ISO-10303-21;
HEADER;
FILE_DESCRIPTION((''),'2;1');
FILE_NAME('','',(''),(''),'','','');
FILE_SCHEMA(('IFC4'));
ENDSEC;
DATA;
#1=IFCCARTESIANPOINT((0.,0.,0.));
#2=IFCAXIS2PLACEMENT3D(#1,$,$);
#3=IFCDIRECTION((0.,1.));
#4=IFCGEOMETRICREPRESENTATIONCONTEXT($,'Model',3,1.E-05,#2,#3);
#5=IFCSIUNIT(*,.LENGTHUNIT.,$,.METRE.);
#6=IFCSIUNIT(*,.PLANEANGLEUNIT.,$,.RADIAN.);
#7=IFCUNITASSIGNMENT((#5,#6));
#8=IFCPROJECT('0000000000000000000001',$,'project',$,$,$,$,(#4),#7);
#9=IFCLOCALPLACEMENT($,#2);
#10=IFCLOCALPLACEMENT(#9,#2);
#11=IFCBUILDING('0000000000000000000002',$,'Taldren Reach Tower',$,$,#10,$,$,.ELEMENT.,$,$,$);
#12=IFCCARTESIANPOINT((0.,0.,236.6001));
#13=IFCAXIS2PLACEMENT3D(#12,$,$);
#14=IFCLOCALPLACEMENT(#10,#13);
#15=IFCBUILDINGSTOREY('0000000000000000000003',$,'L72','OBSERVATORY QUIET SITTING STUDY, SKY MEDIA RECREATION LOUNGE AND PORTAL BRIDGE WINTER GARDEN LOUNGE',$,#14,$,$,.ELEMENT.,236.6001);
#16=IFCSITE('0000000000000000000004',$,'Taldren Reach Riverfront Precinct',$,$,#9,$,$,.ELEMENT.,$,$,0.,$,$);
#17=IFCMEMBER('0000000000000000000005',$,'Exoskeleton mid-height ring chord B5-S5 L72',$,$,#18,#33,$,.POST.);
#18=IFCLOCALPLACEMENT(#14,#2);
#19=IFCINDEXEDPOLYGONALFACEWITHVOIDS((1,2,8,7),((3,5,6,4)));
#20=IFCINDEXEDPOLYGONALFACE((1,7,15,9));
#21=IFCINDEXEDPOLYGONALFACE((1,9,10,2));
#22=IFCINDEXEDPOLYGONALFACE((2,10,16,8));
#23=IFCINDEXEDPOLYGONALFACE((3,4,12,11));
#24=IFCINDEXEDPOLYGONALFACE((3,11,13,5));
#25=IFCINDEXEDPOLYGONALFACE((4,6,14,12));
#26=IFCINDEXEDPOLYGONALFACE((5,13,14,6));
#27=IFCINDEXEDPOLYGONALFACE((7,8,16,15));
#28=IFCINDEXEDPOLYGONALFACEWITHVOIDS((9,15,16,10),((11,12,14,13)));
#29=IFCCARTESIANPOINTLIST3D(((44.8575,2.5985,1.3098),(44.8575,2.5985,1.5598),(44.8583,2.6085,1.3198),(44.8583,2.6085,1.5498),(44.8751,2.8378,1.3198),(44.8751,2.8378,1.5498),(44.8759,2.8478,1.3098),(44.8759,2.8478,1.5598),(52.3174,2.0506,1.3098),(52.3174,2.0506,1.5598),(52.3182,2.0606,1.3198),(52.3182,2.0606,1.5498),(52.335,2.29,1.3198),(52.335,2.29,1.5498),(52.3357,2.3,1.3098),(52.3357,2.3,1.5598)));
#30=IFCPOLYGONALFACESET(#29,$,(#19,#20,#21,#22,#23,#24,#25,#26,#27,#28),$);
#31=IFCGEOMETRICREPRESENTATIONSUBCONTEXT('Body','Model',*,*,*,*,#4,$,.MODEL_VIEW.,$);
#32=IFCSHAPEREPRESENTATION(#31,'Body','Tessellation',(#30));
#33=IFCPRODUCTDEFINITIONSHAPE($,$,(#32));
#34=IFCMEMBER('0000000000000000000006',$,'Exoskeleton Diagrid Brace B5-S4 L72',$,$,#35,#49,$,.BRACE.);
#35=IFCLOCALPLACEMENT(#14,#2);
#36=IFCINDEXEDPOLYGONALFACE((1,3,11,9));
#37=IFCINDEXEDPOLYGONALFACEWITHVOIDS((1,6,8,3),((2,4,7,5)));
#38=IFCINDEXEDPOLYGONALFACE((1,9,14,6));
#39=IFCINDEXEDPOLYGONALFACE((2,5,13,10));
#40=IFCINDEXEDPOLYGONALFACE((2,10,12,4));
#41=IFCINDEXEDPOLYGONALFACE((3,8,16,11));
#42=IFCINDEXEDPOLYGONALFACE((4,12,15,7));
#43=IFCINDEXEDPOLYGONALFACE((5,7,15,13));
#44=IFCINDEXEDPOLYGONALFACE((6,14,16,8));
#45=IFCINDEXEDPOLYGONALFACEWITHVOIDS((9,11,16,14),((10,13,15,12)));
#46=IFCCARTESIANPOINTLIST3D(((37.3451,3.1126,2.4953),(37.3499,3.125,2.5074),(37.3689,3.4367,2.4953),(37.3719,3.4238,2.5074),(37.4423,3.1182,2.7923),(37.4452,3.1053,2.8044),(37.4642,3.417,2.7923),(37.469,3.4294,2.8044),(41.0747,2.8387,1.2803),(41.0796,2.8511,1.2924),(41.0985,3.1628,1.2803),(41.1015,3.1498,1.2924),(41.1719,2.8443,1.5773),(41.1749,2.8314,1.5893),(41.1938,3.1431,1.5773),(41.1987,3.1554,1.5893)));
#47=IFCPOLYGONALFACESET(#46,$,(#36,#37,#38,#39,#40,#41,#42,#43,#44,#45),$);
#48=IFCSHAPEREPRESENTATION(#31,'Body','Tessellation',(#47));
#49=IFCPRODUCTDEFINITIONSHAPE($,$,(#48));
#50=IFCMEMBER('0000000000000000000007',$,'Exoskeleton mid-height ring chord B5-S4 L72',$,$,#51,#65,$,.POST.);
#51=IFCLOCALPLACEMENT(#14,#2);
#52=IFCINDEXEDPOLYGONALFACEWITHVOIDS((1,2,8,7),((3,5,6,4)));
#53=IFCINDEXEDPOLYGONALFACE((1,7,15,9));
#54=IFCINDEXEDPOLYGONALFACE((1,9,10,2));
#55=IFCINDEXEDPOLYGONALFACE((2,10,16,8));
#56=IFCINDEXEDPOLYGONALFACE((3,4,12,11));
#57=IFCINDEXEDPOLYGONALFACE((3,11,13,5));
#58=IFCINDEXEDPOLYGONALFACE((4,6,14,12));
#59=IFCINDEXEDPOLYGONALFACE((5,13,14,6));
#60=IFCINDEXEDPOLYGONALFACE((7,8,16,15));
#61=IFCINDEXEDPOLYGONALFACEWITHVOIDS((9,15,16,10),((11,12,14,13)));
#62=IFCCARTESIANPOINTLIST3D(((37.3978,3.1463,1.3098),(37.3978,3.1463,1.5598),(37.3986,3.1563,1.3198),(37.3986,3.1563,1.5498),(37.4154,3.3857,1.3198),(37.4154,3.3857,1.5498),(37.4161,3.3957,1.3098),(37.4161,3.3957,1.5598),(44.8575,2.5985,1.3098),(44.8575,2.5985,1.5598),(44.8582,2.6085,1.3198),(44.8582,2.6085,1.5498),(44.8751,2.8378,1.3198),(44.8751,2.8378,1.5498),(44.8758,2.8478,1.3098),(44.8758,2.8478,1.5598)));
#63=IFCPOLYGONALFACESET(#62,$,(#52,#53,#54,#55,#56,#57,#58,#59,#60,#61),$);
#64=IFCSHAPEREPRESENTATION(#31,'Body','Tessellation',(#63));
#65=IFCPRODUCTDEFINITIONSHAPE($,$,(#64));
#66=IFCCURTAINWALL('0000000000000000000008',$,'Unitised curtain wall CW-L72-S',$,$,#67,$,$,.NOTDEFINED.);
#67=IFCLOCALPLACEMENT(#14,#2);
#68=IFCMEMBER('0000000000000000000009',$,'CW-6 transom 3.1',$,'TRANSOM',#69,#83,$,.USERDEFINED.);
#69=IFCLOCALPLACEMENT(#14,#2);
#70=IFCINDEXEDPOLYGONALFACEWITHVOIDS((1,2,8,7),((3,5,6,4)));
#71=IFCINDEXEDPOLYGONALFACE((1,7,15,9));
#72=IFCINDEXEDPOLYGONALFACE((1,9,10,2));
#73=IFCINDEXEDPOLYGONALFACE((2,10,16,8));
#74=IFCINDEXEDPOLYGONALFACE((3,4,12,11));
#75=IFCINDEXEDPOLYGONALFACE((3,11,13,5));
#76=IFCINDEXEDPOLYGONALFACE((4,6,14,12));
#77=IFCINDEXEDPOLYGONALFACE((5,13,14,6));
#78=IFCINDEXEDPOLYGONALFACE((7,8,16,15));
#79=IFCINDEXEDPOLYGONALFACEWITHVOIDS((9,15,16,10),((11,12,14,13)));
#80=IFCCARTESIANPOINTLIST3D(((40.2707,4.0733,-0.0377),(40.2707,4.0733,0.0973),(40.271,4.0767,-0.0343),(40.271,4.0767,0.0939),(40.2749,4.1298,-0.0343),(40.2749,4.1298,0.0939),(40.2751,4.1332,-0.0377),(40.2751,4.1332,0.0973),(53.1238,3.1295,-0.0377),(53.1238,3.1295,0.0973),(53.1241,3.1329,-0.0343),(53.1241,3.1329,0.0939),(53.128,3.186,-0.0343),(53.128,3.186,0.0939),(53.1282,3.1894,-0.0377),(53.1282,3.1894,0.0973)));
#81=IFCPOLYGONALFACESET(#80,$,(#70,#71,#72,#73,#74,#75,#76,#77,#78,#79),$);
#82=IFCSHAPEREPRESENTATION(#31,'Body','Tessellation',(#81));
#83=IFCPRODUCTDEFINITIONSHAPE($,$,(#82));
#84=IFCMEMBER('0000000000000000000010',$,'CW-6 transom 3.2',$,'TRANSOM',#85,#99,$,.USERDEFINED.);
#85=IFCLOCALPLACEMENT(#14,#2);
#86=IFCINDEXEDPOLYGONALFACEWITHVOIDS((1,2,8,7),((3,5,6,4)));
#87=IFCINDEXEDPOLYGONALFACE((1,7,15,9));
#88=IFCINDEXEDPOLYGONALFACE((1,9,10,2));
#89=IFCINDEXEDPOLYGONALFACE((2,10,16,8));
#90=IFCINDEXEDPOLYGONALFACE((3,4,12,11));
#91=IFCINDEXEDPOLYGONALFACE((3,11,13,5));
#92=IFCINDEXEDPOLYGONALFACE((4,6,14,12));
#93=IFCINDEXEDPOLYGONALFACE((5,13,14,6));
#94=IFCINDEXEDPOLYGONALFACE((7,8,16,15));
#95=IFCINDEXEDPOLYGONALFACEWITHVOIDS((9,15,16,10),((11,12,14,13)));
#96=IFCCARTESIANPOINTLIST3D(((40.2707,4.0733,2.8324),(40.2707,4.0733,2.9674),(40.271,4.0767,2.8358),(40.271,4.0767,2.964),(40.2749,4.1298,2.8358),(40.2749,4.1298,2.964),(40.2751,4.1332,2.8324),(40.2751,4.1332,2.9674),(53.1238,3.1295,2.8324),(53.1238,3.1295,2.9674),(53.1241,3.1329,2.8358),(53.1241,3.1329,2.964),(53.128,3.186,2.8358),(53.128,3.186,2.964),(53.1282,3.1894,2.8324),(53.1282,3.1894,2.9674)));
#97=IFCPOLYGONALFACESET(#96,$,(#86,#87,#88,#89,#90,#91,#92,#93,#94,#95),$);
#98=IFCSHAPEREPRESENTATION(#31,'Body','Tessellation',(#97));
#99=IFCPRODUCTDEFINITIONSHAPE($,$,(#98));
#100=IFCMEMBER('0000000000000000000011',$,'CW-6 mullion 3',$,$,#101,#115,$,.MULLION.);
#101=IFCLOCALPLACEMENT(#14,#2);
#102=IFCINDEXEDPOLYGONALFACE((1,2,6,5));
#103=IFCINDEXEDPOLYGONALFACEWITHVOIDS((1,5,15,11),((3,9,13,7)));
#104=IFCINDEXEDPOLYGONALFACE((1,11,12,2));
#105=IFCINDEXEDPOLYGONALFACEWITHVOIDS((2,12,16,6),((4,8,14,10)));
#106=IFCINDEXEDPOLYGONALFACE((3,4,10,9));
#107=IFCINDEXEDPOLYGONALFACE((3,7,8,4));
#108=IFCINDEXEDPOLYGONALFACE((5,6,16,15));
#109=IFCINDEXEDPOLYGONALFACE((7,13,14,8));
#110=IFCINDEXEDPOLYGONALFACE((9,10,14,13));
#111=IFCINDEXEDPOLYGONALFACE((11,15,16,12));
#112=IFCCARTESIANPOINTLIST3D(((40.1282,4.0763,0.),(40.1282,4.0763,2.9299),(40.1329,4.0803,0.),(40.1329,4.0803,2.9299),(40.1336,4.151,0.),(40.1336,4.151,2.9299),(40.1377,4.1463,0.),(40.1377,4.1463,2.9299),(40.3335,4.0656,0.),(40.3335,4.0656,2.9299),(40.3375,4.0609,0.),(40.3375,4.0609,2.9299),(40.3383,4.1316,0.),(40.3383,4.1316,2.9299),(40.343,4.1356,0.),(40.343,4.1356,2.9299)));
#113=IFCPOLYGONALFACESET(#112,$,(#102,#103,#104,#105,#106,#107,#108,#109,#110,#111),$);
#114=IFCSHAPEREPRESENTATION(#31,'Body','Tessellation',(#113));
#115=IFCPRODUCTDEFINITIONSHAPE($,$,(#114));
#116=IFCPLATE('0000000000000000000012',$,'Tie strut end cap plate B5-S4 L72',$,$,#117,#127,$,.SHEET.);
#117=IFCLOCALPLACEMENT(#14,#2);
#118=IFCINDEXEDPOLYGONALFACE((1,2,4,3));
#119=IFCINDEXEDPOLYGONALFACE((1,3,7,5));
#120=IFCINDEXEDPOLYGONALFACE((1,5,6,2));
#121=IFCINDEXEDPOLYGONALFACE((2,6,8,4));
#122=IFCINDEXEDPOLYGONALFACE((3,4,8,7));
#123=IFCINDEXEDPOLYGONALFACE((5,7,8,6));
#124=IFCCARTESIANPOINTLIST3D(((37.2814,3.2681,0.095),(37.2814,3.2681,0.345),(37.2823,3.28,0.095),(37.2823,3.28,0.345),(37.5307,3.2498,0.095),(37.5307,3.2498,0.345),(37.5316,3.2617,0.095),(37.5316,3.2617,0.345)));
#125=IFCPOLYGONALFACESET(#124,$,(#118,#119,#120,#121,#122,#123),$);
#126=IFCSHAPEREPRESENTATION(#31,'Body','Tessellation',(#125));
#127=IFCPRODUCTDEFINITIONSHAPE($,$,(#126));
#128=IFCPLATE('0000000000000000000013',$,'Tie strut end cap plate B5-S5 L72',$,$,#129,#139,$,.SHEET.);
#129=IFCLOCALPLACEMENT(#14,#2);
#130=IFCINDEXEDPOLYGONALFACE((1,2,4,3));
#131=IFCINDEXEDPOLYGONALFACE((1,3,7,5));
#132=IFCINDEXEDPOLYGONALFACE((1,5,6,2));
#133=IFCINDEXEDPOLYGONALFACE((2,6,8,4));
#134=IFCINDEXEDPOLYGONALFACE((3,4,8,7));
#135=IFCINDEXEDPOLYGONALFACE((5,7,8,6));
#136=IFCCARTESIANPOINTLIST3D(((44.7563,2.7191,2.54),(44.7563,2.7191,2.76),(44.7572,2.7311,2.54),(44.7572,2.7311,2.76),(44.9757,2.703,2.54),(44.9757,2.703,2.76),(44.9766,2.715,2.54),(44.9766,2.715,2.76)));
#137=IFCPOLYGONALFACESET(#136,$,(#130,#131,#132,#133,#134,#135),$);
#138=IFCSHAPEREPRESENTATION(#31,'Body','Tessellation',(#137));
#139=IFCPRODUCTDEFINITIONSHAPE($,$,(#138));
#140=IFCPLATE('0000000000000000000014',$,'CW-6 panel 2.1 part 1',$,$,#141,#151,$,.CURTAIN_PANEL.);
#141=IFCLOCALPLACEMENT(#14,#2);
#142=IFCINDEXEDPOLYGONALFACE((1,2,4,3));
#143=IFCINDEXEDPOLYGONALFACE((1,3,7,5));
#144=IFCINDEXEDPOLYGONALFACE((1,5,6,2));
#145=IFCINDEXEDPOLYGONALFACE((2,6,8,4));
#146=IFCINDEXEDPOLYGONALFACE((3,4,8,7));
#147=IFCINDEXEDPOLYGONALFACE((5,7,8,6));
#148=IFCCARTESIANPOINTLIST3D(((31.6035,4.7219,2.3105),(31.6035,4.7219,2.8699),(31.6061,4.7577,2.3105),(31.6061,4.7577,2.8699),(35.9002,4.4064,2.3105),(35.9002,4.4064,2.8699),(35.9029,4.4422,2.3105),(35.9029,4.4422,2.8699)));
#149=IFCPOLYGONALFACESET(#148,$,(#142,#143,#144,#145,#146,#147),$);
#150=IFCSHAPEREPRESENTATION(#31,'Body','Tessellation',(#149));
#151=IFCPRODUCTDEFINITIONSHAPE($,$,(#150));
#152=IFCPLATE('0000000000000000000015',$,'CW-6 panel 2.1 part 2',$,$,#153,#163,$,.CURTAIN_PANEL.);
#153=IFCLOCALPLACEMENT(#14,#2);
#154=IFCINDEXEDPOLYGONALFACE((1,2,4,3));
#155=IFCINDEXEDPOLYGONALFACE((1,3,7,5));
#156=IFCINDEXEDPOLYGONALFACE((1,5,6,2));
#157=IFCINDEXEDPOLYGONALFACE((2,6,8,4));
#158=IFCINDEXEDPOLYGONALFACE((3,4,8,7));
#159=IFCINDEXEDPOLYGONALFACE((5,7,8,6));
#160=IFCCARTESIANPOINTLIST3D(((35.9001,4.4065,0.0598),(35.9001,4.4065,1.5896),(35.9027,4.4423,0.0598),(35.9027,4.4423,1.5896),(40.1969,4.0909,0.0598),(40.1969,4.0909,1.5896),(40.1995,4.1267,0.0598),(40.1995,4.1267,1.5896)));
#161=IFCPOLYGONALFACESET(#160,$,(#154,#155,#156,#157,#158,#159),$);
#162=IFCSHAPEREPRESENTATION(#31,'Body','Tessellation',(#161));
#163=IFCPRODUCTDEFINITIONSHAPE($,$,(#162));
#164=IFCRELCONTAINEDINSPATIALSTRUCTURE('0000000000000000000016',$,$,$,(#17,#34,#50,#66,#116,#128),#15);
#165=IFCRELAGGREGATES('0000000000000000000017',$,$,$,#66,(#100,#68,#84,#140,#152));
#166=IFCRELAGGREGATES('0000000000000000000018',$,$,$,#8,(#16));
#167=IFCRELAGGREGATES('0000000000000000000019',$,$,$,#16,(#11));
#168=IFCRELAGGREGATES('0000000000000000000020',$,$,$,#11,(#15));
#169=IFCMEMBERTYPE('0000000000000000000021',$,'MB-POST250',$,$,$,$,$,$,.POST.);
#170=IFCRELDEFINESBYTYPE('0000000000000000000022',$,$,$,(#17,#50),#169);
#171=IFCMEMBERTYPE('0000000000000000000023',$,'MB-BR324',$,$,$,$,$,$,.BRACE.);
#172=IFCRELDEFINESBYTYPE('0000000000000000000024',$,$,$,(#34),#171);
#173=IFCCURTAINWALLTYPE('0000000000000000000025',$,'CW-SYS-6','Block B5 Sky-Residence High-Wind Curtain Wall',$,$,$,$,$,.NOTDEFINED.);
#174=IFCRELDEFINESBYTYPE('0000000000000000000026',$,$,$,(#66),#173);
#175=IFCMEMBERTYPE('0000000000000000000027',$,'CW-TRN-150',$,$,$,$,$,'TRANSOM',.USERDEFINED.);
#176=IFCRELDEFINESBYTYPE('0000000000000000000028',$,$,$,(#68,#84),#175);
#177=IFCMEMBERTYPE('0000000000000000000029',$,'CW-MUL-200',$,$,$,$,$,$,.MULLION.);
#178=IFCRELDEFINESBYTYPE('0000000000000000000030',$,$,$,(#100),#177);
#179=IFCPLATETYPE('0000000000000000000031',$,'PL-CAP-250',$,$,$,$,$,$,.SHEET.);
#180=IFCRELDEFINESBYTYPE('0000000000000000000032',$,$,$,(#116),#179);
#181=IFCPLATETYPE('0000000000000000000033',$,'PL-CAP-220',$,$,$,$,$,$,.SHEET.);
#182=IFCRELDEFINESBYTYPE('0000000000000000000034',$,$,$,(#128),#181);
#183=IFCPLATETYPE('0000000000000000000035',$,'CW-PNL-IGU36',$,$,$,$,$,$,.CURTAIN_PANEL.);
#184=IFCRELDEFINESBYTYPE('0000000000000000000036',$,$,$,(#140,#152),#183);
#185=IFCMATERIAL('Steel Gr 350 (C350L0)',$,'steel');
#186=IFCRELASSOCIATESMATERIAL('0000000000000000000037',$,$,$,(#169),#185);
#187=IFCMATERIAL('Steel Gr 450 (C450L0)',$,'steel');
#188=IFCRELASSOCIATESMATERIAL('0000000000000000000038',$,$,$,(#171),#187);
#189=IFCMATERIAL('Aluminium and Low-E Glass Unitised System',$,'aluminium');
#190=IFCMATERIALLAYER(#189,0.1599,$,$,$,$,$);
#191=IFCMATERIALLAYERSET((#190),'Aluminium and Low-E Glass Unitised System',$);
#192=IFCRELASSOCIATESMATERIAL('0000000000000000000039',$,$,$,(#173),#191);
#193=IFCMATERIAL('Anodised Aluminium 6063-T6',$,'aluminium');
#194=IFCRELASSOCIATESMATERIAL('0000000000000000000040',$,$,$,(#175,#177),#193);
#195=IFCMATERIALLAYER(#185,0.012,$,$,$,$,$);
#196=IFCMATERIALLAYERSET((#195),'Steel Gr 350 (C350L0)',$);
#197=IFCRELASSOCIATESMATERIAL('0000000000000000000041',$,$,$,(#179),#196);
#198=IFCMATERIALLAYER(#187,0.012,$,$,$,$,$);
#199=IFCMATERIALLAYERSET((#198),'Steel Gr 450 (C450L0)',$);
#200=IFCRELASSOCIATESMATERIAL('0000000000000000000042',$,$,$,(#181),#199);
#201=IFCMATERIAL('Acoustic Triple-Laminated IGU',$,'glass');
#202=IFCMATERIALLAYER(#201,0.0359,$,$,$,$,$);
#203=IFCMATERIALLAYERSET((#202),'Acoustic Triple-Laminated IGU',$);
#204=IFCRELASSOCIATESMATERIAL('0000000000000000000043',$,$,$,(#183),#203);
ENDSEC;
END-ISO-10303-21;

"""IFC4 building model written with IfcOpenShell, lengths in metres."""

from ifc_helpers import new_model, si_unit, direction, frame, origin, origin_2d, place, context, subcontext, project, spatial, rectangle, hollow_rectangle, extrude, source, transform, mapped, material, layer, layer_set, material_profile, profile_set, type_object, element, aggregate, save


model = new_model("IFC4")

# Units and contexts
model_context = context("Model", 3, precision=1e-05, world=origin(), true_north=direction((0.0, 1.0)))
body_context = subcontext(model_context, "Body", "Model", "MODEL_VIEW")
ifc_project = project(units=[si_unit("LENGTHUNIT", "METRE"), si_unit("PLANEANGLEUNIT", "RADIAN")], contexts=[model_context])

# Site, building, storey
site_placement = place(None, origin())
site = spatial("IfcSite", under=ifc_project, at=site_placement, Name="Taldren Reach Riverfront Precinct", CompositionType="ELEMENT", RefElevation=0.0)
building_placement = place(site_placement, origin())
building = spatial("IfcBuilding", under=site, at=building_placement, Name="Taldren Reach Tower", CompositionType="ELEMENT")
storey_placement = place(building_placement, frame((0.0, 0.0, 236.6001)))
storey = spatial("IfcBuildingStorey", under=building, at=storey_placement, Name="L72", Description="OBSERVATORY QUIET SITTING STUDY, SKY MEDIA RECREATION LOUNGE AND PORTAL BRIDGE WINTER GARDEN LOUNGE", CompositionType="ELEMENT", Elevation=236.6001)

# Shared definitions
ifc_material_1 = material(Name="Steel Gr 350 (C350L0)", Category="steel")
ifc_material_profile_1 = material_profile(ifc_material_1, hollow_rectangle(XDim=0.25, YDim=0.25, WallThickness=0.01, at=origin_2d()), Name="250x250x10.0SHS")
ifc_profile_set_1 = profile_set([ifc_material_profile_1], Name="Steel Gr 350 (C350L0)")
member_type_1 = type_object("IfcMemberType", Name="MB-POST250", PredefinedType="POST", material=ifc_profile_set_1)
ifc_material_2 = material(Name="Steel Gr 450 (C450L0)", Category="steel")

# Members
ifc_material_profile_2 = material_profile(ifc_material_2, hollow_rectangle(XDim=0.325, YDim=0.325, WallThickness=0.0127, at=origin_2d()), Name="325x325x12.7SHS")
ifc_profile_set_2 = profile_set([ifc_material_profile_2], Name="Steel Gr 450 (C450L0)")
member_type_2 = type_object("IfcMemberType", Name="MB-BR324", PredefinedType="BRACE", material=ifc_profile_set_2)
shared_shape_1 = source(origin(), body_context, "Body", "SweptSolid", [
    extrude(hollow_rectangle(XDim=0.25, YDim=0.25, WallThickness=0.01, at=origin_2d()), origin(), (0.0, 0.0, 1.0), 7.48),
])
member_1_placement = place(storey_placement, frame((44.8667, 2.7231, 1.4348), z_axis=(0.997314, -0.073242, 0.0), x_axis=(0.073242, 0.997314, 0.0)))
element("IfcMember", 1, at=member_1_placement, inside=storey, type_object=member_type_1, Name="Exoskeleton mid-height ring chord B5-S5 L72", PredefinedType="POST", context=body_context, shape_type="MappedRepresentation", body=[
    mapped(shared_shape_1, transform((0.0, 0.0, 0.0), scale=1.0)),
])
shared_shape_2 = source(origin(), body_context, "Body", "SweptSolid", [
    extrude(hollow_rectangle(XDim=0.325, YDim=0.325, WallThickness=0.0127, at=origin_2d()), origin(), (0.0, 0.0, 1.0), 3.9321),
])
member_2_placement = place(storey_placement, frame((41.1367, 2.9971, 1.4348), z_axis=(-0.948505, 0.069662, 0.309008), x_axis=(-0.073246, -0.997314, 0.0)))
element("IfcMember", 2, at=member_2_placement, inside=storey, type_object=member_type_2, Name="Exoskeleton Diagrid Brace B5-S4 L72", PredefinedType="BRACE", context=body_context, shape_type="MappedRepresentation", body=[
    mapped(shared_shape_2, transform((0.0, 0.0, 0.0), scale=1.0)),
])
shared_shape_3 = source(origin(), body_context, "Body", "SweptSolid", [
    extrude(hollow_rectangle(XDim=0.25, YDim=0.25, WallThickness=0.01, at=origin_2d()), origin(), (0.0, 0.0, 1.0), 7.4797),
])
member_3_placement = place(storey_placement, frame((37.407, 3.271, 1.4348), z_axis=(0.997314, -0.073244, 0.0), x_axis=(0.073244, 0.997314, 0.0)))
element("IfcMember", 3, at=member_3_placement, inside=storey, type_object=member_type_1, Name="Exoskeleton mid-height ring chord B5-S4 L72", PredefinedType="POST", context=body_context, shape_type="MappedRepresentation", body=[
    mapped(shared_shape_3, transform((0.0, 0.0, 0.0), scale=1.0)),
])

# Curtain wall, members
ifc_material_3 = material(Name="Aluminium and Low-E Glass Unitised System", Category="aluminium")
ifc_layer_1 = layer(ifc_material_3, 0.1599)
ifc_layer_set_1 = layer_set([ifc_layer_1], Name="Aluminium and Low-E Glass Unitised System")
curtain_wall_type = type_object("IfcCurtainWallType", Name="CW-SYS-6", Description="Block B5 Sky-Residence High-Wind Curtain Wall", PredefinedType="NOTDEFINED", material=ifc_layer_set_1)
curtain_wall_placement = place(storey_placement, origin())
curtain_wall = element("IfcCurtainWall", 4, at=curtain_wall_placement, inside=storey, type_object=curtain_wall_type, Name="Unitised curtain wall CW-L72-S", PredefinedType="NOTDEFINED")
ifc_material_4 = material(Name="Anodised Aluminium 6063-T6", Category="aluminium")
ifc_material_profile_3 = material_profile(ifc_material_4, hollow_rectangle(XDim=0.0601, YDim=0.135, WallThickness=0.0034, at=origin_2d()), Name="ALU-135x60x3.5RHS")
ifc_profile_set_3 = profile_set([ifc_material_profile_3], Name="Anodised Aluminium 6063-T6")
member_type_3 = type_object("IfcMemberType", Name="CW-TRN-150", ElementType="TRANSOM", PredefinedType="USERDEFINED", material=ifc_profile_set_3)
shared_shape_4 = source(origin(), body_context, "Body", "SweptSolid", [
    extrude(hollow_rectangle(XDim=0.0601, YDim=0.135, WallThickness=0.0034, at=origin_2d()), origin(), (0.0, 0.0, 1.0), 12.8877),
])
member_4_placement = place(storey_placement, frame((40.2729, 4.1033, 0.0298), z_axis=(0.997315, -0.073237, 0.0), x_axis=(0.073237, 0.997315, 0.0)))
member_4 = element("IfcMember", 5, at=member_4_placement, type_object=member_type_3, Name="CW-6 transom 3.1", ObjectType="TRANSOM", PredefinedType="USERDEFINED", context=body_context, shape_type="MappedRepresentation", body=[
    mapped(shared_shape_4, transform((0.0, 0.0, 0.0), scale=1.0)),
])
member_5_placement = place(storey_placement, frame((40.2729, 4.1033, 2.8999), z_axis=(0.997315, -0.073237, 0.0), x_axis=(0.073237, 0.997315, 0.0)))
member_5 = element("IfcMember", 6, at=member_5_placement, type_object=member_type_3, Name="CW-6 transom 3.2", ObjectType="TRANSOM", PredefinedType="USERDEFINED", context=body_context, shape_type="MappedRepresentation", body=[
    mapped(shared_shape_4, transform((0.0, 0.0, 0.0), scale=1.0)),
])
ifc_material_profile_4 = material_profile(ifc_material_4, hollow_rectangle(XDim=0.075, YDim=0.21, WallThickness=0.0044, at=origin_2d()), Name="ALU-210x75x4.5RHS")
ifc_profile_set_4 = profile_set([ifc_material_profile_4], Name="Anodised Aluminium 6063-T6")
member_type_4 = type_object("IfcMemberType", Name="CW-MUL-200", PredefinedType="MULLION", material=ifc_profile_set_4)
shared_shape_5 = source(origin(), body_context, "Body", "SweptSolid", [
    extrude(hollow_rectangle(XDim=0.075, YDim=0.21, WallThickness=0.0044, at=origin_2d()), origin(), (0.0, 0.0, 1.0), 2.9299),
])
member_6_placement = place(storey_placement, frame((40.2356, 4.106, 0.0), z_axis=(0.0, 0.0, 1.0), x_axis=(0.073238, 0.997314, 0.0)))
member_6 = element("IfcMember", 7, at=member_6_placement, type_object=member_type_4, Name="CW-6 mullion 3", PredefinedType="MULLION", context=body_context, shape_type="MappedRepresentation", body=[
    mapped(shared_shape_5, transform((0.0, 0.0, 0.0), scale=1.0)),
])

# Plates
ifc_layer_2 = layer(ifc_material_1, 0.012)
ifc_layer_set_2 = layer_set([ifc_layer_2], Name="Steel Gr 350 (C350L0)")
plate_type_1 = type_object("IfcPlateType", Name="PL-CAP-250", PredefinedType="SHEET", material=ifc_layer_set_2)
shared_shape_6 = source(origin(), body_context, "Body", "SweptSolid", [
    extrude(rectangle(XDim=0.25, YDim=0.012, at=origin_2d()), origin(), (0.0, 0.0, 1.0), 0.25),
])
plate_1_placement = place(storey_placement, frame((37.4065, 3.2649, 0.095), z_axis=(0.0, 0.0, 1.0), x_axis=(0.997314, -0.073238, 0.0)))
element("IfcPlate", 8, at=plate_1_placement, inside=storey, type_object=plate_type_1, Name="Tie strut end cap plate B5-S4 L72", PredefinedType="SHEET", context=body_context, shape_type="MappedRepresentation", body=[
    mapped(shared_shape_6, transform((0.0, 0.0, 0.0), scale=1.0)),
])
ifc_layer_3 = layer(ifc_material_2, 0.012)
ifc_layer_set_3 = layer_set([ifc_layer_3], Name="Steel Gr 450 (C450L0)")
plate_type_2 = type_object("IfcPlateType", Name="PL-CAP-220", PredefinedType="SHEET", material=ifc_layer_set_3)
shared_shape_7 = source(origin(), body_context, "Body", "SweptSolid", [
    extrude(rectangle(XDim=0.22, YDim=0.012, at=origin_2d()), origin(), (0.0, 0.0, 1.0), 0.22),
])
plate_2_placement = place(storey_placement, frame((44.8665, 2.717, 2.54), z_axis=(0.0, 0.0, 1.0), x_axis=(0.997314, -0.073238, 0.0)))
element("IfcPlate", 9, at=plate_2_placement, inside=storey, type_object=plate_type_2, Name="Tie strut end cap plate B5-S5 L72", PredefinedType="SHEET", context=body_context, shape_type="MappedRepresentation", body=[
    mapped(shared_shape_7, transform((0.0, 0.0, 0.0), scale=1.0)),
])

# Plates
ifc_material_5 = material(Name="Acoustic Triple-Laminated IGU", Category="glass")
ifc_layer_4 = layer(ifc_material_5, 0.0359)
ifc_layer_set_4 = layer_set([ifc_layer_4], Name="Acoustic Triple-Laminated IGU")
plate_type_3 = type_object("IfcPlateType", Name="CW-PNL-IGU36", PredefinedType="CURTAIN_PANEL", material=ifc_layer_set_4)
shared_shape_8 = source(origin(), body_context, "Body", "SweptSolid", [
    extrude(rectangle(XDim=4.3083, YDim=0.0359, at=origin_2d()), origin(), (0.0, 0.0, 1.0), 0.5593),
])
plate_3_placement = place(storey_placement, frame((33.7532, 4.582, 2.3105), z_axis=(0.0, 0.0, 1.0), x_axis=(0.997314, -0.073238, 0.0)))
plate_3 = element("IfcPlate", 10, at=plate_3_placement, type_object=plate_type_3, Name="CW-6 panel 2.1 part 1", PredefinedType="CURTAIN_PANEL", context=body_context, shape_type="MappedRepresentation", body=[
    mapped(shared_shape_8, transform((0.0, 0.0, 0.0), scale=1.0)),
])
shared_shape_9 = source(origin(), body_context, "Body", "SweptSolid", [
    extrude(rectangle(XDim=4.3083, YDim=0.0359, at=origin_2d()), origin(), (0.0, 0.0, 1.0), 1.5298),
])
plate_4_placement = place(storey_placement, frame((38.0498, 4.2666, 0.0598), z_axis=(0.0, 0.0, 1.0), x_axis=(0.997314, -0.073238, 0.0)))
plate_4 = element("IfcPlate", 11, at=plate_4_placement, type_object=plate_type_3, Name="CW-6 panel 2.1 part 2", PredefinedType="CURTAIN_PANEL", context=body_context, shape_type="MappedRepresentation", body=[
    mapped(shared_shape_9, transform((0.0, 0.0, 0.0), scale=1.0)),
])
aggregate(curtain_wall, [member_6, member_4, member_5, plate_3, plate_4])

save(model, "model.ifc")
